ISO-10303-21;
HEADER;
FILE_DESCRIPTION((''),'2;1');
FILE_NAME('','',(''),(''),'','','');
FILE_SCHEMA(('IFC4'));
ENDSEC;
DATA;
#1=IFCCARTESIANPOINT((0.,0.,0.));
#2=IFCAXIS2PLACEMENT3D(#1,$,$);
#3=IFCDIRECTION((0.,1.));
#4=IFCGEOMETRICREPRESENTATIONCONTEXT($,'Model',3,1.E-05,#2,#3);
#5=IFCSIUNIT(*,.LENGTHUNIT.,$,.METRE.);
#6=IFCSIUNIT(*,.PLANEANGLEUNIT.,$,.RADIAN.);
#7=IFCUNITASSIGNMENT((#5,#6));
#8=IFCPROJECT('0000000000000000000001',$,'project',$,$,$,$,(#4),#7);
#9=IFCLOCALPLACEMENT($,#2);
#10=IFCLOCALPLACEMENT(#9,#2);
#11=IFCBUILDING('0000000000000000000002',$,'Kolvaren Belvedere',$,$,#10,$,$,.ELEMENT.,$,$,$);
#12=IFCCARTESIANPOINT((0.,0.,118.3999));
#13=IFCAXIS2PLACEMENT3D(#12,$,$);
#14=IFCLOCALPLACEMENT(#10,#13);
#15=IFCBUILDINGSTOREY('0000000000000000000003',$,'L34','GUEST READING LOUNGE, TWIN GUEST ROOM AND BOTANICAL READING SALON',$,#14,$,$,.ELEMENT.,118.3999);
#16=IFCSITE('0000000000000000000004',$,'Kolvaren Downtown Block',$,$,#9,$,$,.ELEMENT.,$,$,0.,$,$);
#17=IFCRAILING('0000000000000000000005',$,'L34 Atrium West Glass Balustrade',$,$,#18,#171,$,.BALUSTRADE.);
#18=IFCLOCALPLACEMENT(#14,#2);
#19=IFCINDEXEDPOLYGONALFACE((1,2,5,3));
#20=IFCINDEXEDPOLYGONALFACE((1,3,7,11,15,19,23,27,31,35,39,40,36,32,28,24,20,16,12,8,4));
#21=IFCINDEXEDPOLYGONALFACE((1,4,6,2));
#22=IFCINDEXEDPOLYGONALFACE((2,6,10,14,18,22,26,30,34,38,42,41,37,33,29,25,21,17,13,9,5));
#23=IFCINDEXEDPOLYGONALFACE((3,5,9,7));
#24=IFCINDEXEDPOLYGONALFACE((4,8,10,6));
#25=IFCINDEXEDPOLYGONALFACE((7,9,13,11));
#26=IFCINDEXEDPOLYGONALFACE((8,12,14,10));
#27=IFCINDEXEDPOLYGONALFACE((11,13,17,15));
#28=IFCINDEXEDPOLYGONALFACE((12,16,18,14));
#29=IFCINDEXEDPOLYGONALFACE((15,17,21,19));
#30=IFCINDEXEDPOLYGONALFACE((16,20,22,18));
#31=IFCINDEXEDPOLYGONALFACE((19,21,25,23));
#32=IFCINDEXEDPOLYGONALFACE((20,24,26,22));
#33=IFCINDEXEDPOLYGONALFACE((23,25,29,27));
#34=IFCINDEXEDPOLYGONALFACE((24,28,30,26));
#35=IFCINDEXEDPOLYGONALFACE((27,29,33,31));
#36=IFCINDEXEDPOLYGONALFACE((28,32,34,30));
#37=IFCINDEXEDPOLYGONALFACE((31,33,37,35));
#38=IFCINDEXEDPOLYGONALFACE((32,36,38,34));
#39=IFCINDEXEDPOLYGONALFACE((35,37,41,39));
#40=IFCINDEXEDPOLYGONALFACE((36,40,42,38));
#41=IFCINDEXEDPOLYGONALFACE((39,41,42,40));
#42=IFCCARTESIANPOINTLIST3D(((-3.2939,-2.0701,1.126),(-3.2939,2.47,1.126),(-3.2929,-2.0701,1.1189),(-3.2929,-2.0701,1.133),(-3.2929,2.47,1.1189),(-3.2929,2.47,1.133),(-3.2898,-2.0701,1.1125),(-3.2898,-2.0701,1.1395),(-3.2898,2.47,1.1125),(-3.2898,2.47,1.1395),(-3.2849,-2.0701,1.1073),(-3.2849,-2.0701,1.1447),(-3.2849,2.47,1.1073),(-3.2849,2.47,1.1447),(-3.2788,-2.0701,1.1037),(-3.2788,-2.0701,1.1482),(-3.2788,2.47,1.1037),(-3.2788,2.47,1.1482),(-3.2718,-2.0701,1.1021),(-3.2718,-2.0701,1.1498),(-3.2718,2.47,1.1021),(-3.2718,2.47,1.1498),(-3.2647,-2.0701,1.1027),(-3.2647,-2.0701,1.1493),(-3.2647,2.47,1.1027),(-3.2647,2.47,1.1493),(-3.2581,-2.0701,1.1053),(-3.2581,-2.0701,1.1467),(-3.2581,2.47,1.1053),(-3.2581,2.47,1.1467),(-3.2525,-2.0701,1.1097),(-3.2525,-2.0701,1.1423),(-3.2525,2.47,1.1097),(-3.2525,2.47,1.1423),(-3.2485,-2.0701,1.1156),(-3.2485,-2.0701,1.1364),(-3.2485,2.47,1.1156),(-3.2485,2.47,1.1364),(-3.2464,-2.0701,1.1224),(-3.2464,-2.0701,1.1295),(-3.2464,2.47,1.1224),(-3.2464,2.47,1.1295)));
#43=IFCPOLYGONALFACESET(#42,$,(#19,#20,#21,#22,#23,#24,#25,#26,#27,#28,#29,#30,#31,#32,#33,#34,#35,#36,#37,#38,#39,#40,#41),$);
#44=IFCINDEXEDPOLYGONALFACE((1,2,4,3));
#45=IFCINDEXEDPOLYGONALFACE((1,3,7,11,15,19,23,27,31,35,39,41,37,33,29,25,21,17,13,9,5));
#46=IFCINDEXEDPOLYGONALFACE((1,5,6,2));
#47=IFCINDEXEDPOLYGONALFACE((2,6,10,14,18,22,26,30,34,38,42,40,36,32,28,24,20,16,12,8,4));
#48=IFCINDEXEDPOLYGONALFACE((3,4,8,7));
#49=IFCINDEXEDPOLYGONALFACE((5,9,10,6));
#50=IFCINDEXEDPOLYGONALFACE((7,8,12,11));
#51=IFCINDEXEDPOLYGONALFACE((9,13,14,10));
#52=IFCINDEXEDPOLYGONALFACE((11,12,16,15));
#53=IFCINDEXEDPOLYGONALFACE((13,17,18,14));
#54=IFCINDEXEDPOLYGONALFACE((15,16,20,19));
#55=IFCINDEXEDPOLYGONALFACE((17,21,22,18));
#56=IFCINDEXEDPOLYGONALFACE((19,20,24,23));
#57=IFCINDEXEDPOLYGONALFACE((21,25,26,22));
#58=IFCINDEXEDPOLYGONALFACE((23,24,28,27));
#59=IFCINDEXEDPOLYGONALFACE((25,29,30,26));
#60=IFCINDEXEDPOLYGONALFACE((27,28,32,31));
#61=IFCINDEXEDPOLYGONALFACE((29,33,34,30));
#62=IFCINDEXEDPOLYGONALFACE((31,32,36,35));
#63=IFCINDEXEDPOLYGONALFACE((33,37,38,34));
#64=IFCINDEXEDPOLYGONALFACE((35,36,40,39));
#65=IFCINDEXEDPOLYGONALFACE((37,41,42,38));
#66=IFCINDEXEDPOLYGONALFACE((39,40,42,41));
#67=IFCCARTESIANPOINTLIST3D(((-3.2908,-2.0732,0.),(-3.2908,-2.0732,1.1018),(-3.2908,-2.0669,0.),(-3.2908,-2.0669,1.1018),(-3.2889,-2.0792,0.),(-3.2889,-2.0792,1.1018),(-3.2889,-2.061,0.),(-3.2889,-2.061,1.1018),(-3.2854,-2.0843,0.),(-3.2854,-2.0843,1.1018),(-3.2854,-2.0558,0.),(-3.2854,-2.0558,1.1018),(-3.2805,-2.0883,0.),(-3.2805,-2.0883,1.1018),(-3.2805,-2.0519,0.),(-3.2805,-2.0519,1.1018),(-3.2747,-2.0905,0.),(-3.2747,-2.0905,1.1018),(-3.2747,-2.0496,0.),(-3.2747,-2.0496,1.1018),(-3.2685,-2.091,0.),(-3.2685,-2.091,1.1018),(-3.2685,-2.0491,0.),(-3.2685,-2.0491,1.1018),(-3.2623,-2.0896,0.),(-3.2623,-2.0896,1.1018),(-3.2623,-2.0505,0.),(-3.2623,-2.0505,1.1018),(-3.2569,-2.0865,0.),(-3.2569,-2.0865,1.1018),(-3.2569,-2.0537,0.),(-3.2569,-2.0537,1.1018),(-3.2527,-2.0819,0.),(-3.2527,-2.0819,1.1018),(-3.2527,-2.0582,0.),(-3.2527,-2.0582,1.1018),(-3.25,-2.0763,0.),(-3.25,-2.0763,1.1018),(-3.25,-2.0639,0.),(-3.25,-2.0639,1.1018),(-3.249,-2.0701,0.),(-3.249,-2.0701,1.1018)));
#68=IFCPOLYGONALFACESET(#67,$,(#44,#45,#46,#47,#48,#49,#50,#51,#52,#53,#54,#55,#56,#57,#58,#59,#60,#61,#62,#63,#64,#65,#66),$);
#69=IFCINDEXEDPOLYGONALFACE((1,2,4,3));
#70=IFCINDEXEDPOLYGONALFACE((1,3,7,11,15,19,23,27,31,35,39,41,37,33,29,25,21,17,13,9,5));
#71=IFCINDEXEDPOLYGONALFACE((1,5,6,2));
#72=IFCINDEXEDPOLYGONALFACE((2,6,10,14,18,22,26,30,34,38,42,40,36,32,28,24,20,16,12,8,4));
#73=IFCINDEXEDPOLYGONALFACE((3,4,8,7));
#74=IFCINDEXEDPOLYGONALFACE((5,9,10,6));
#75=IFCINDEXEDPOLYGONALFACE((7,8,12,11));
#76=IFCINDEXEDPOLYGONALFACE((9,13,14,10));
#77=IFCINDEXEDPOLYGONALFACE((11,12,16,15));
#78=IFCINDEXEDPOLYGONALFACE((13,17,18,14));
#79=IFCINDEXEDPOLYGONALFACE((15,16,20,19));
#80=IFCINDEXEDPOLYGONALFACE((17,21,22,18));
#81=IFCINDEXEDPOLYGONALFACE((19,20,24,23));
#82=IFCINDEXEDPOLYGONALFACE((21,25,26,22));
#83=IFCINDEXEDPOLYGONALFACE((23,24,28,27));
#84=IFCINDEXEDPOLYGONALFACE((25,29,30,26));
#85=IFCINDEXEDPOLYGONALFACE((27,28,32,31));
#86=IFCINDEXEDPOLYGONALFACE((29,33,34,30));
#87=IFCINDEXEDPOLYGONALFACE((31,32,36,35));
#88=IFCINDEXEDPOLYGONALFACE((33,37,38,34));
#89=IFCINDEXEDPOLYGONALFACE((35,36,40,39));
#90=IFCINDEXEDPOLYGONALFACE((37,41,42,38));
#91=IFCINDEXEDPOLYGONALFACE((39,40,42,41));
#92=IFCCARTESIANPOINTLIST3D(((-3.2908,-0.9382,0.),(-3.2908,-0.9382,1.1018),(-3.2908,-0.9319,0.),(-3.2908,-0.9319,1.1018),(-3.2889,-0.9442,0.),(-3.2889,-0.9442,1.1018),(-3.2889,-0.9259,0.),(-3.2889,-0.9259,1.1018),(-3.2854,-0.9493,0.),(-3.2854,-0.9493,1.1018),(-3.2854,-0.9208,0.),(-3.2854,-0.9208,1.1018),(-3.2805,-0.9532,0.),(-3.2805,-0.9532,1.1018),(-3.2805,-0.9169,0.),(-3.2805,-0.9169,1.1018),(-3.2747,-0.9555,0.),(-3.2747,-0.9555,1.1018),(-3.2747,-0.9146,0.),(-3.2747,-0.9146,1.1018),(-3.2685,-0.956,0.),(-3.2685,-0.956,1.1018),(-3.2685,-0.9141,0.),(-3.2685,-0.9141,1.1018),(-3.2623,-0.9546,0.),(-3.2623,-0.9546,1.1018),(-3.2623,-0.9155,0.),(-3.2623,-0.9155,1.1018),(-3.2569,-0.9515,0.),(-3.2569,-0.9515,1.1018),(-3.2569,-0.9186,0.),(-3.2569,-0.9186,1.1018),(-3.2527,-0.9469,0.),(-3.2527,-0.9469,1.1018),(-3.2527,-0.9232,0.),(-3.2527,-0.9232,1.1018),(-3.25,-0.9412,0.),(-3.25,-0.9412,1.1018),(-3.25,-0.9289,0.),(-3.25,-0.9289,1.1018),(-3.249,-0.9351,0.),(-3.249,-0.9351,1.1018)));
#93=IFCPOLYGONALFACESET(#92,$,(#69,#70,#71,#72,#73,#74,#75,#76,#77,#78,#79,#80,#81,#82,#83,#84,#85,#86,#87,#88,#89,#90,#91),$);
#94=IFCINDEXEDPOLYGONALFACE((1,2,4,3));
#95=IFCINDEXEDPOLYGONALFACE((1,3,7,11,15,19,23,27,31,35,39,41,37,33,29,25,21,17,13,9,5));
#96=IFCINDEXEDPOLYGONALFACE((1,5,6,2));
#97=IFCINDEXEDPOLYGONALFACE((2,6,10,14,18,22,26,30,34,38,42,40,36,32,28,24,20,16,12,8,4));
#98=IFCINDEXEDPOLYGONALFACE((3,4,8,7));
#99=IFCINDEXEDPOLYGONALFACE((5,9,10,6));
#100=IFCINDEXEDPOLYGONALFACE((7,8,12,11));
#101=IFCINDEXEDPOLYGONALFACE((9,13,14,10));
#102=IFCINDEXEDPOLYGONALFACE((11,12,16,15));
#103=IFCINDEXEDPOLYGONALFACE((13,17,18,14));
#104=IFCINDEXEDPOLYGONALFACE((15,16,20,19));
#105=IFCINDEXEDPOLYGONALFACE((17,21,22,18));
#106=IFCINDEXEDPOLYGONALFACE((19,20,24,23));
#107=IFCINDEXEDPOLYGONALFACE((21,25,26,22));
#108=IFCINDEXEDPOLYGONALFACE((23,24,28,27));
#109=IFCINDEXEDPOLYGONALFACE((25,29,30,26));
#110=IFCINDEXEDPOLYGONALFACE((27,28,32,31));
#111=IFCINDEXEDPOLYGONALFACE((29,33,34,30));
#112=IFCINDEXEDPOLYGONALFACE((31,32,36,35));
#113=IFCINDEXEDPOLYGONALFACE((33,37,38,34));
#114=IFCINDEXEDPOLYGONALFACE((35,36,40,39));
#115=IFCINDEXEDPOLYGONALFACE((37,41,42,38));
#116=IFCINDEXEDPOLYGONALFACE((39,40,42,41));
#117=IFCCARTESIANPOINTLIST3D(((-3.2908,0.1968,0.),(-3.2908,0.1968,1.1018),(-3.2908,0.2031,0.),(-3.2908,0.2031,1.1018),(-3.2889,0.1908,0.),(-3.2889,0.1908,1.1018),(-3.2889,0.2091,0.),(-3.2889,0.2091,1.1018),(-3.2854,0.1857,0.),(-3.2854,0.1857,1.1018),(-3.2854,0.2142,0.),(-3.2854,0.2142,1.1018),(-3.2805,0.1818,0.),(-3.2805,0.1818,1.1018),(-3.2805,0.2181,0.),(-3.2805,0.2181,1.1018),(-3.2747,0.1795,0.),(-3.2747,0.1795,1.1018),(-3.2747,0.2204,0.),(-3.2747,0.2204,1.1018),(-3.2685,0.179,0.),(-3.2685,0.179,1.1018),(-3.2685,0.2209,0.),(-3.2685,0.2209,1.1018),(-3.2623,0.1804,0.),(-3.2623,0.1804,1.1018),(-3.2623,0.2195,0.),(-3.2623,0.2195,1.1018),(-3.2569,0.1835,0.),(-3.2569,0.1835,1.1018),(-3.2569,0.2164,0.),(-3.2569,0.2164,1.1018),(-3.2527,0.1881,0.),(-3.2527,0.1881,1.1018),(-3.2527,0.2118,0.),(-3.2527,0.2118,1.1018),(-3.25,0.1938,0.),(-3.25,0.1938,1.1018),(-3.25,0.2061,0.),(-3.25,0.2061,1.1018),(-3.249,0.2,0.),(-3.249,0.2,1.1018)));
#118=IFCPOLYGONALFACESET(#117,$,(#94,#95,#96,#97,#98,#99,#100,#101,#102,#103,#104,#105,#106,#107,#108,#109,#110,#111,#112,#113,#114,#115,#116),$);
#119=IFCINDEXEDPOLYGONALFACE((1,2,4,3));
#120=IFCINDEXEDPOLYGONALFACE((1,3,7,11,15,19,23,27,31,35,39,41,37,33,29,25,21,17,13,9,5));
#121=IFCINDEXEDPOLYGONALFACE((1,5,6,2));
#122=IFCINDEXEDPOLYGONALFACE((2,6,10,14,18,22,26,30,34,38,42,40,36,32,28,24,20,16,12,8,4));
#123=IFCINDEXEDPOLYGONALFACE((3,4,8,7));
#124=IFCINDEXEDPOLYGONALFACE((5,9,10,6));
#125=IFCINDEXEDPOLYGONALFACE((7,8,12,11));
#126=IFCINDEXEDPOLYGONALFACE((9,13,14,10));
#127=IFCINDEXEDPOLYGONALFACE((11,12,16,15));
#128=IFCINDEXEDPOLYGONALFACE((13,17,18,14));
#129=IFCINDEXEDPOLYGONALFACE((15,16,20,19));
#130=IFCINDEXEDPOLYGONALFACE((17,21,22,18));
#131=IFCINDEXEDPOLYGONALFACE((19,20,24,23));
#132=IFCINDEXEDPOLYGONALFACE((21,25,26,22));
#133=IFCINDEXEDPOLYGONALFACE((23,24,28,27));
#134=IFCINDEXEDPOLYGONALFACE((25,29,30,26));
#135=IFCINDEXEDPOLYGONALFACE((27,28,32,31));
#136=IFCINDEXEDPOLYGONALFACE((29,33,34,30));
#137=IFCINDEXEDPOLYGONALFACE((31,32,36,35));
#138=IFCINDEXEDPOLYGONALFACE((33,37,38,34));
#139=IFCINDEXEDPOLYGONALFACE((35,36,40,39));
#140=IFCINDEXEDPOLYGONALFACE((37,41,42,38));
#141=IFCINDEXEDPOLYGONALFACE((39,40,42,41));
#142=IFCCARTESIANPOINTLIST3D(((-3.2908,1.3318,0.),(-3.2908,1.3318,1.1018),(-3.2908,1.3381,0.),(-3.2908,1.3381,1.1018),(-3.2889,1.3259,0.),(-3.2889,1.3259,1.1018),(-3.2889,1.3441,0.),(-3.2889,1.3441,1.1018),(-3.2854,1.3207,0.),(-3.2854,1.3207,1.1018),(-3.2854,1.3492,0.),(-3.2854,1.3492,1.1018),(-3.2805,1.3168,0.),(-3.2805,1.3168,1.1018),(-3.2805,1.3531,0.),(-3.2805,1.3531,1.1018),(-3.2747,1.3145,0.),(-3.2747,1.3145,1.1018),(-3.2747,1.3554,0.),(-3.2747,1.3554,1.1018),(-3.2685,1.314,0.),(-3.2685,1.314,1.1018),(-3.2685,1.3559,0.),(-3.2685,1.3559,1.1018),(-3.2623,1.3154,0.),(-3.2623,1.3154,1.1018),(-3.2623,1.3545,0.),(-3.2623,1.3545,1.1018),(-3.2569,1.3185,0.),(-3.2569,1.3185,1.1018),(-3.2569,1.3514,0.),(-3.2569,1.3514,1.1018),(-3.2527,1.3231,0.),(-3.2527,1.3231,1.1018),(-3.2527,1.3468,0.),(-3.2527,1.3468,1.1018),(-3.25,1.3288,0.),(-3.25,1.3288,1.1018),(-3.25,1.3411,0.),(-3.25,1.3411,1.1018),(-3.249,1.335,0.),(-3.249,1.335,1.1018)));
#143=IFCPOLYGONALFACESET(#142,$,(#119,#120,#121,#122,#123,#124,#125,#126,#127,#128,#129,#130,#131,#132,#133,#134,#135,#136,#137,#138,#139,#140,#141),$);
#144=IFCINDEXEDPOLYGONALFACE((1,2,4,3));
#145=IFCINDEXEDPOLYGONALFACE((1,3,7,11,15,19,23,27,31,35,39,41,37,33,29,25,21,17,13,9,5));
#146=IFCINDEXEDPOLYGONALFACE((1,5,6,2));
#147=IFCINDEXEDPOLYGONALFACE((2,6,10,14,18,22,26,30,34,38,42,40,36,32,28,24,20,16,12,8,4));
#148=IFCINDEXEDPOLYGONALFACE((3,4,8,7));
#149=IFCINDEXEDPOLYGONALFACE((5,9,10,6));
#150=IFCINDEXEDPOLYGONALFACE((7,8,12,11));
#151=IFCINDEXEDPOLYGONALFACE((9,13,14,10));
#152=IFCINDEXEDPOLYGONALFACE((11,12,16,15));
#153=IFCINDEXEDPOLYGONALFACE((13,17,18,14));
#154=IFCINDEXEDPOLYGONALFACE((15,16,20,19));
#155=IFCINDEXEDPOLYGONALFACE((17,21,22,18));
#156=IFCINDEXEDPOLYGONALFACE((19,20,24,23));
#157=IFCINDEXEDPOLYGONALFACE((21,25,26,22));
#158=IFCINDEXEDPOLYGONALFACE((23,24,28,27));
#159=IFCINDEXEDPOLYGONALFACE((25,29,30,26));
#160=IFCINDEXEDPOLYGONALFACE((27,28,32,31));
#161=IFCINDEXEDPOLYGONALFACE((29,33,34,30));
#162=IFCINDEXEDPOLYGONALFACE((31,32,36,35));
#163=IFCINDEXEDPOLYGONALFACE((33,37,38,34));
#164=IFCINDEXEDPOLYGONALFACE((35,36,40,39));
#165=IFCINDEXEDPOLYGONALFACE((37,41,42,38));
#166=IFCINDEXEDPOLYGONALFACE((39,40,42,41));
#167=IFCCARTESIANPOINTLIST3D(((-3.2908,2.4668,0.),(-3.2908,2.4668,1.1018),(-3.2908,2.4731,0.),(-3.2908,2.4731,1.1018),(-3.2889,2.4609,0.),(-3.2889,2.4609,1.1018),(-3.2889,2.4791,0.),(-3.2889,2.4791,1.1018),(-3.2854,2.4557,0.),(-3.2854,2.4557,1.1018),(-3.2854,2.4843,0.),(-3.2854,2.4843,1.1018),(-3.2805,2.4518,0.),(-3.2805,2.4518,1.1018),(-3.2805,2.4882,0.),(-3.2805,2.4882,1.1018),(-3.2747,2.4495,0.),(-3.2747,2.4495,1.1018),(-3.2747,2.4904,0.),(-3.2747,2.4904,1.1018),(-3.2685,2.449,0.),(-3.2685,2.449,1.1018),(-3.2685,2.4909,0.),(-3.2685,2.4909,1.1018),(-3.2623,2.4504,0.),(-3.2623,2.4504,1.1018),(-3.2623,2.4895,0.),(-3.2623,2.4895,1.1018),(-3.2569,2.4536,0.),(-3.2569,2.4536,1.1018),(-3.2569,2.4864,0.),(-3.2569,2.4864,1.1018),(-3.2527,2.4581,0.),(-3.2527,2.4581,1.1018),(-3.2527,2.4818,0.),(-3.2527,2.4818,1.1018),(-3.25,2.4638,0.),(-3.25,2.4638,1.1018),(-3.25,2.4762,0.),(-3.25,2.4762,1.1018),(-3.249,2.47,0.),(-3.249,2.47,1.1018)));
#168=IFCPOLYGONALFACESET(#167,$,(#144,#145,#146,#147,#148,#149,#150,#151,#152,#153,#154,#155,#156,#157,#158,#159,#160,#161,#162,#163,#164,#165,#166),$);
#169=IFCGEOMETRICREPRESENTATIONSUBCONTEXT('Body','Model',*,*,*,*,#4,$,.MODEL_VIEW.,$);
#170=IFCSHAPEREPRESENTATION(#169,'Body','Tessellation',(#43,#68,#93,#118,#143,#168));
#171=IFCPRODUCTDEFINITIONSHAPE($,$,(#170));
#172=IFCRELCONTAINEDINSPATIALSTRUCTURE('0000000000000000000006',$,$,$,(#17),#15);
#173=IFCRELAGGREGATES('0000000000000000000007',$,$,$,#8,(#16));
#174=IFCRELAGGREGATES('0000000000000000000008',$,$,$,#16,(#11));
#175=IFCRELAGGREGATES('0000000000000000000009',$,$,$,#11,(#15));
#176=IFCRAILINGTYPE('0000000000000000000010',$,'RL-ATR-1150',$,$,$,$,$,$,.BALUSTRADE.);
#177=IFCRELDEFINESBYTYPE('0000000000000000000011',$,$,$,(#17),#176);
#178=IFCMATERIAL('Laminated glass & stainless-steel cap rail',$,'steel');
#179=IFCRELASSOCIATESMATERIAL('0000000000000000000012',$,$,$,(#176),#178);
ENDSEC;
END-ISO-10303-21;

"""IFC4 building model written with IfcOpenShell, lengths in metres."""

from ifc_helpers import new_model, si_unit, direction, frame, origin, origin_2d, place, context, subcontext, project, spatial, circle, extrude, material, type_object, element, save


model = new_model("IFC4")

# Units and contexts
model_context = context("Model", 3, precision=1e-05, world=origin(), true_north=direction((0.0, 1.0)))
body_context = subcontext(model_context, "Body", "Model", "MODEL_VIEW")
ifc_project = project(units=[si_unit("LENGTHUNIT", "METRE"), si_unit("PLANEANGLEUNIT", "RADIAN")], contexts=[model_context])

# Site, building, storey
site_placement = place(None, origin())
site = spatial("IfcSite", under=ifc_project, at=site_placement, Name="Kolvaren Downtown Block", CompositionType="ELEMENT", RefElevation=0.0)
building_placement = place(site_placement, origin())
building = spatial("IfcBuilding", under=site, at=building_placement, Name="Kolvaren Belvedere", CompositionType="ELEMENT")
storey_placement = place(building_placement, frame((0.0, 0.0, 118.3999)))
storey = spatial("IfcBuildingStorey", under=building, at=storey_placement, Name="L34", Description="GUEST READING LOUNGE, TWIN GUEST ROOM AND BOTANICAL READING SALON", CompositionType="ELEMENT", Elevation=118.3999)

# Railing
ifc_material_1 = material(Name="Laminated glass & stainless-steel cap rail", Category="steel")
railing_type_1 = type_object("IfcRailingType", Name="RL-ATR-1150", PredefinedType="BALUSTRADE", material=ifc_material_1)
railing_1_placement = place(storey_placement, frame((-3.27, -2.0701, 0.0)))
element("IfcRailing", 1, at=railing_1_placement, inside=storey, type_object=railing_type_1, Name="L34 Atrium West Glass Balustrade", PredefinedType="BALUSTRADE", context=body_context, shape_type="SweptSolid", body=[
    extrude(circle(Radius=0.0239, at=origin_2d()), frame((0.0, 0.0, 1.126), z_axis=(0.0, 1.0, 0.0), x_axis=(-1.0, 0.0, 0.0)), (0.0, 0.0, 1.0), 4.54),
    extrude(circle(Radius=0.021, at=origin_2d()), origin(), (0.0, 0.0, 1.0), 1.1018),
    extrude(circle(Radius=0.021, at=origin_2d()), frame((0.0, 1.135, 0.0)), (0.0, 0.0, 1.0), 1.1018),
    extrude(circle(Radius=0.021, at=origin_2d()), frame((0.0, 2.27, 0.0)), (0.0, 0.0, 1.0), 1.1018),
    extrude(circle(Radius=0.021, at=origin_2d()), frame((0.0, 3.405, 0.0)), (0.0, 0.0, 1.0), 1.1018),
    extrude(circle(Radius=0.021, at=origin_2d()), frame((0.0, 4.54, 0.0)), (0.0, 0.0, 1.0), 1.1018),
])

save(model, "model.ifc")
